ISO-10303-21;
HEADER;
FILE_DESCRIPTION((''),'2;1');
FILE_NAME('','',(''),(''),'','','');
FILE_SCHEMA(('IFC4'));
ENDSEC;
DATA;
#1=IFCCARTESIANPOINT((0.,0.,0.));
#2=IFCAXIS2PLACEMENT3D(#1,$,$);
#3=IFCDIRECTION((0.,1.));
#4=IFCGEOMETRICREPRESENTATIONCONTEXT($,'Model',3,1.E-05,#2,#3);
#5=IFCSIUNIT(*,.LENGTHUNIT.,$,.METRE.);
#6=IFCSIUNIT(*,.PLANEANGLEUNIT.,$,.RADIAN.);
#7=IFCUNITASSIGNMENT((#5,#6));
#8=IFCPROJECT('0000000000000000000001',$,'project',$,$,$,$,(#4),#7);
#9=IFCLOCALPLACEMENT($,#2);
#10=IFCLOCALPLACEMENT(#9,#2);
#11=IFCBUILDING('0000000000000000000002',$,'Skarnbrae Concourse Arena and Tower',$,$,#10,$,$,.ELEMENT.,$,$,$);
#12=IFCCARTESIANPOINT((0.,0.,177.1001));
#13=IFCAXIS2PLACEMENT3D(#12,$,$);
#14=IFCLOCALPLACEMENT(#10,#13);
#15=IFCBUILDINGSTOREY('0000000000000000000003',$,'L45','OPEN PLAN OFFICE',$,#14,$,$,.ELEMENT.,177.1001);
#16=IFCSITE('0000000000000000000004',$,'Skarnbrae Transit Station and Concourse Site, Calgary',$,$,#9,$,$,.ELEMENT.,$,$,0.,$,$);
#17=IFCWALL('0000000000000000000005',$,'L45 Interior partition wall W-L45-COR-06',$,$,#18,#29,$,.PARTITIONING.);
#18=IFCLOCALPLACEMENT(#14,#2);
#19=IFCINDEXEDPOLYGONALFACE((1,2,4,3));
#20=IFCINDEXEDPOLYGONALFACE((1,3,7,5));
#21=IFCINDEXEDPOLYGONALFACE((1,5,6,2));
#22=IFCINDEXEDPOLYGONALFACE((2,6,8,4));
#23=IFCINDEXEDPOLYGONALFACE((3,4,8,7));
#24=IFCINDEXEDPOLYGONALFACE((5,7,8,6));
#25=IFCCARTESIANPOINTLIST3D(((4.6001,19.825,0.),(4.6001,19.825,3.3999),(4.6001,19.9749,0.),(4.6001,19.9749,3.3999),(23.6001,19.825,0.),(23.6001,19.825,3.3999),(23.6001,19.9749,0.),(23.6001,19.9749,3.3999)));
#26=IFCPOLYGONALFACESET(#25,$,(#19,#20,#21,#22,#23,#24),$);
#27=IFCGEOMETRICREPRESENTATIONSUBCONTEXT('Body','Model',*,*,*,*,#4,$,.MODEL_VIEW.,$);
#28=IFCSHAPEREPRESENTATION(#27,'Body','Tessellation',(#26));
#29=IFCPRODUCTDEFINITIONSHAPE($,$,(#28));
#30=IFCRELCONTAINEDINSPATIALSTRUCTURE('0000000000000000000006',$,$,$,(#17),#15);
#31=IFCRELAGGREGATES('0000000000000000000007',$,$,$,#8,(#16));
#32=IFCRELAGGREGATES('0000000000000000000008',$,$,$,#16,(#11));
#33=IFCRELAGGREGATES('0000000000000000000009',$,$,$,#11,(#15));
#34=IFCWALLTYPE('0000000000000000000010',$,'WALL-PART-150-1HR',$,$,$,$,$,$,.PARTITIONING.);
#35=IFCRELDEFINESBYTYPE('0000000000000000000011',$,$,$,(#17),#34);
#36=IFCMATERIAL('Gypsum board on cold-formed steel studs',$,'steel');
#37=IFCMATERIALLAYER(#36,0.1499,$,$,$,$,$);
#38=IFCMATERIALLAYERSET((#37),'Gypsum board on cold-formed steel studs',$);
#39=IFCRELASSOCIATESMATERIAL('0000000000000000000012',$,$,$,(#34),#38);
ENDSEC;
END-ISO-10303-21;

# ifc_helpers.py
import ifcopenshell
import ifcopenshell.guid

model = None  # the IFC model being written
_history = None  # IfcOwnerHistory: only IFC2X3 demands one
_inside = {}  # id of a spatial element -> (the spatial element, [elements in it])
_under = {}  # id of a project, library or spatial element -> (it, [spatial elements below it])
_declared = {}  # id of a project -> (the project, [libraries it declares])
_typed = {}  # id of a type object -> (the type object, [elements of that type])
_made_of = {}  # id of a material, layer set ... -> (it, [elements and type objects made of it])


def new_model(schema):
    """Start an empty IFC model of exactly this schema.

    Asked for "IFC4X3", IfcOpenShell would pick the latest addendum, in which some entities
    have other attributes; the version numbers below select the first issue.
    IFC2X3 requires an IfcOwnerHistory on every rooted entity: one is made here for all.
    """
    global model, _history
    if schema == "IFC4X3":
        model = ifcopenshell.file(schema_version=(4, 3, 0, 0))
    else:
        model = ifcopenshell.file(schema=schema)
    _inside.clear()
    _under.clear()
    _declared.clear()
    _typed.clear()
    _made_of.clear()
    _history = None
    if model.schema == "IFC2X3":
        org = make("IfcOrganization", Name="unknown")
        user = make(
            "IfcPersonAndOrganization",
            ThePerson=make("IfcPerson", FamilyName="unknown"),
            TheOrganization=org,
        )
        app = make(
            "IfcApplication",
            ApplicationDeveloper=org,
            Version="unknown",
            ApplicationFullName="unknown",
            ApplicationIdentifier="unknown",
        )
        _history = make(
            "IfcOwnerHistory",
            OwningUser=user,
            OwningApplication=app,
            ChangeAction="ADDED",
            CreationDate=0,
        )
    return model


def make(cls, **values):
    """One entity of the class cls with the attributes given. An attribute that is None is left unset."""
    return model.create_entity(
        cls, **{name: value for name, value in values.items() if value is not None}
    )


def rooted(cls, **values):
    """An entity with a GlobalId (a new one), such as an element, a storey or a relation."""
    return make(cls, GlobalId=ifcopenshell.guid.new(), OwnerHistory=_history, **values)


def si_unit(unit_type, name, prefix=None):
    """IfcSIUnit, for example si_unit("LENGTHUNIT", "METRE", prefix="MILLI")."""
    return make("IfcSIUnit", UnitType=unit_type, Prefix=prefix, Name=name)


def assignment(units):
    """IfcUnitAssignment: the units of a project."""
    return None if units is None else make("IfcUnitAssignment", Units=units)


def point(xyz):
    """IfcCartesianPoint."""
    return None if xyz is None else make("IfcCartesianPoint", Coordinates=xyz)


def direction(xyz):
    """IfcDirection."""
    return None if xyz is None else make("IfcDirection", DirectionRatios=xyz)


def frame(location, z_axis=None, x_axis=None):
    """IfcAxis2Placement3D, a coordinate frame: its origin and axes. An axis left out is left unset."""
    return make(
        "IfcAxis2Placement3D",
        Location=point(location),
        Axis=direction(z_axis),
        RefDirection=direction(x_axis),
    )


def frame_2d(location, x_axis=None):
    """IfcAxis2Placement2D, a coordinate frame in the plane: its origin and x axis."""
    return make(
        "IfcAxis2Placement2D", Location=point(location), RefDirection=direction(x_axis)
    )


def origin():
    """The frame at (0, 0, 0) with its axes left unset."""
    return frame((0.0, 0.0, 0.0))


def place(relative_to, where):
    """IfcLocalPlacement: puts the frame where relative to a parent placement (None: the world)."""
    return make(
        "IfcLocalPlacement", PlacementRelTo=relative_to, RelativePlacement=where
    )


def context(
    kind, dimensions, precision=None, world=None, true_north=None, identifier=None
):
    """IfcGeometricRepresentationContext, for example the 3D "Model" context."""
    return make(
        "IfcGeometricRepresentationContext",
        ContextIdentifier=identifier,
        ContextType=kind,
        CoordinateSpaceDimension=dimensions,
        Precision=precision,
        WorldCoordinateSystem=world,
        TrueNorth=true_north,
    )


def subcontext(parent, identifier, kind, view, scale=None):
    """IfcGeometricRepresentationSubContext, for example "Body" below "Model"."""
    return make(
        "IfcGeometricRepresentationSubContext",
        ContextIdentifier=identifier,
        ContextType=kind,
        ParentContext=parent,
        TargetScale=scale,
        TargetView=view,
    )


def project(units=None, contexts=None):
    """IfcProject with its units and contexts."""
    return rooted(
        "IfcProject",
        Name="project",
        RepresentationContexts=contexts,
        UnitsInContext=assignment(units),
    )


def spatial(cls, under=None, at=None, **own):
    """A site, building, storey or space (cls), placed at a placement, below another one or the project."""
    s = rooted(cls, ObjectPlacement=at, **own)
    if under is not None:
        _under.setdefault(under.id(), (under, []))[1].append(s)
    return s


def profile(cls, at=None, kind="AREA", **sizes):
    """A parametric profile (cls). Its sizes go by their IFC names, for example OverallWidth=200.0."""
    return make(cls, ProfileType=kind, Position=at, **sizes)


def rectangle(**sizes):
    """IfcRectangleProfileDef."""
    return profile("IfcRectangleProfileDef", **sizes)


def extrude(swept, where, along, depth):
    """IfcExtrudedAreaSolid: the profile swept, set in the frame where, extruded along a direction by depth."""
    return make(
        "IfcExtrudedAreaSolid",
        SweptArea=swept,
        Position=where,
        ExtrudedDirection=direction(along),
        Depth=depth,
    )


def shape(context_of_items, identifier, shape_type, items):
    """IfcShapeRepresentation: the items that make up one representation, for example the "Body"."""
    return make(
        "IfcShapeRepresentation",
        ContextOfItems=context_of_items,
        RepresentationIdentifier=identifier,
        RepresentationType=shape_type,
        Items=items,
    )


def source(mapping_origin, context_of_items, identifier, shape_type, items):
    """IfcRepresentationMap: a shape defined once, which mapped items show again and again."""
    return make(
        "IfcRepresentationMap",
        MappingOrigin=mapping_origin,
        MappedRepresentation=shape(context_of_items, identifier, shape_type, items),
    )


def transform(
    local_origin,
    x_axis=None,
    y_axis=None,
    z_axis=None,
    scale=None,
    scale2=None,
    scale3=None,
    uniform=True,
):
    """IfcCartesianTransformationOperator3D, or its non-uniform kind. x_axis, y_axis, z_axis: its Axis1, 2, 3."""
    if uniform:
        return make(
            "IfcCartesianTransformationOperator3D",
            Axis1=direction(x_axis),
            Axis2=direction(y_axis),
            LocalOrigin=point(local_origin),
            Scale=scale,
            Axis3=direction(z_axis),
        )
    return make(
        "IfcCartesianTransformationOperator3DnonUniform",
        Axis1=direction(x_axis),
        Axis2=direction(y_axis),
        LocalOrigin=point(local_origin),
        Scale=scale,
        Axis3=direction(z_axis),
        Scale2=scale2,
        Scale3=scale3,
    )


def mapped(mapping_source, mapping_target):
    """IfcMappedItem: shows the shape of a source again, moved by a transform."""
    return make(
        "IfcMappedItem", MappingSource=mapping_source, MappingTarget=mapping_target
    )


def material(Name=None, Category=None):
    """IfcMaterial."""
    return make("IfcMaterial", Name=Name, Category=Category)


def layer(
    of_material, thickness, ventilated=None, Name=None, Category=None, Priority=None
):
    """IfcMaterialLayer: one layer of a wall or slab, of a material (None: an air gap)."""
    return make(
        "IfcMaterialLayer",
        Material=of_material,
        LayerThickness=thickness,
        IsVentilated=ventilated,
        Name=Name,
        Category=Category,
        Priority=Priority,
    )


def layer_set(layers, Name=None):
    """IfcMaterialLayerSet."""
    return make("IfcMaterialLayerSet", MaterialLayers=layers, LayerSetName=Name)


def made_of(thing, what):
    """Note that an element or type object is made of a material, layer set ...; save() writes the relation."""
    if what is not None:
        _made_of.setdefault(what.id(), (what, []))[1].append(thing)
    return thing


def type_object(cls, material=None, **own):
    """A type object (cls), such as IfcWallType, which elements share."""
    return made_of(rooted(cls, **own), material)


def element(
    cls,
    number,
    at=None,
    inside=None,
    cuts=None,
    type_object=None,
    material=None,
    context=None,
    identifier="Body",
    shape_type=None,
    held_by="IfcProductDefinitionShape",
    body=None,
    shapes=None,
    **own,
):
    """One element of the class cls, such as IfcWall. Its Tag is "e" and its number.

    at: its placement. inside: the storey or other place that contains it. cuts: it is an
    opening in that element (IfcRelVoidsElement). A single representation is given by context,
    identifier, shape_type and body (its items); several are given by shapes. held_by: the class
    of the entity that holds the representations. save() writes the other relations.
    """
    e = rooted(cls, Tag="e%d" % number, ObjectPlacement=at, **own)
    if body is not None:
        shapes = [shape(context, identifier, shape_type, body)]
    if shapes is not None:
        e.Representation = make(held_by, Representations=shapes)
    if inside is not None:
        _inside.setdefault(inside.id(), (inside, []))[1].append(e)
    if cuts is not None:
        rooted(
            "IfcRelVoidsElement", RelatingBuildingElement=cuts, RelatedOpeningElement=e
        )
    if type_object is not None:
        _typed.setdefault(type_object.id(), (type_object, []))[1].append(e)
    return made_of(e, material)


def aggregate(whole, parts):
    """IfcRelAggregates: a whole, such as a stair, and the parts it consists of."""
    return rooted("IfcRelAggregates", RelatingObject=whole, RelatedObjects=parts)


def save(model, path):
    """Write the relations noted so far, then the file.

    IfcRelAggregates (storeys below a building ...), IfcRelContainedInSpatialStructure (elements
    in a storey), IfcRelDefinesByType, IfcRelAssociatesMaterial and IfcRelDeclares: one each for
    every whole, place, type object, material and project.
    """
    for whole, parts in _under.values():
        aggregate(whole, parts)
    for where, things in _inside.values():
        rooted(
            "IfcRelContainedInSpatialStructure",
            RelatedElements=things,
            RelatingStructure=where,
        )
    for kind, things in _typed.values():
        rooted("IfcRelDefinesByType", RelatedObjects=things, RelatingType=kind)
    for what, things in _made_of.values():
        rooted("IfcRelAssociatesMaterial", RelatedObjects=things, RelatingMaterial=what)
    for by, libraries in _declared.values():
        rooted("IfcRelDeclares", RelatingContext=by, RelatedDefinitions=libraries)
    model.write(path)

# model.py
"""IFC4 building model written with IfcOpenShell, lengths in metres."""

from ifc_helpers import new_model, si_unit, direction, frame, frame_2d, origin, place, context, subcontext, project, spatial, rectangle, extrude, source, transform, mapped, material, layer, layer_set, type_object, element, save


model = new_model("IFC4")

# Units and contexts
model_context = context("Model", 3, precision=1e-05, world=origin(), true_north=direction((0.0, 1.0)))
body_context = subcontext(model_context, "Body", "Model", "MODEL_VIEW")
ifc_project = project(units=[si_unit("LENGTHUNIT", "METRE"), si_unit("PLANEANGLEUNIT", "RADIAN")], contexts=[model_context])

# Site, building, storey
site_placement = place(None, origin())
site = spatial("IfcSite", under=ifc_project, at=site_placement, Name="Skarnbrae Transit Station and Concourse Site, Calgary", CompositionType="ELEMENT", RefElevation=0.0)
building_placement = place(site_placement, origin())
building = spatial("IfcBuilding", under=site, at=building_placement, Name="Skarnbrae Concourse Arena and Tower", CompositionType="ELEMENT")
storey_placement = place(building_placement, frame((0.0, 0.0, 177.1001)))
storey = spatial("IfcBuildingStorey", under=building, at=storey_placement, Name="L45", Description="OPEN PLAN OFFICE", CompositionType="ELEMENT", Elevation=177.1001)

# Shared definitions
ifc_material_1 = material(Name="Gypsum board on cold-formed steel studs", Category="steel")
ifc_layer_1 = layer(ifc_material_1, 0.1499)
ifc_layer_set_1 = layer_set([ifc_layer_1], Name="Gypsum board on cold-formed steel studs")
wall_type_1 = type_object("IfcWallType", Name="WALL-PART-150-1HR", PredefinedType="PARTITIONING", material=ifc_layer_set_1)

# Shared definitions
shared_shape_1 = source(origin(), body_context, "Body", "SweptSolid", [
    extrude(rectangle(XDim=19.0, YDim=0.1499, at=frame_2d((9.5, 0.0))), origin(), (0.0, 0.0, 1.0), 3.3999),
])

# Wall
wall_1_placement = place(storey_placement, frame((4.6001, 19.8999, 0.0), z_axis=(0.0, 0.0, 1.0), x_axis=(1.0, 0.0, 0.0)))
element("IfcWall", 1, at=wall_1_placement, inside=storey, type_object=wall_type_1, Name="L45 Interior partition wall W-L45-COR-06", PredefinedType="PARTITIONING", context=body_context, shape_type="MappedRepresentation", body=[
    mapped(shared_shape_1, transform((0.0, 0.0, 0.0))),
])

save(model, "model.ifc")
